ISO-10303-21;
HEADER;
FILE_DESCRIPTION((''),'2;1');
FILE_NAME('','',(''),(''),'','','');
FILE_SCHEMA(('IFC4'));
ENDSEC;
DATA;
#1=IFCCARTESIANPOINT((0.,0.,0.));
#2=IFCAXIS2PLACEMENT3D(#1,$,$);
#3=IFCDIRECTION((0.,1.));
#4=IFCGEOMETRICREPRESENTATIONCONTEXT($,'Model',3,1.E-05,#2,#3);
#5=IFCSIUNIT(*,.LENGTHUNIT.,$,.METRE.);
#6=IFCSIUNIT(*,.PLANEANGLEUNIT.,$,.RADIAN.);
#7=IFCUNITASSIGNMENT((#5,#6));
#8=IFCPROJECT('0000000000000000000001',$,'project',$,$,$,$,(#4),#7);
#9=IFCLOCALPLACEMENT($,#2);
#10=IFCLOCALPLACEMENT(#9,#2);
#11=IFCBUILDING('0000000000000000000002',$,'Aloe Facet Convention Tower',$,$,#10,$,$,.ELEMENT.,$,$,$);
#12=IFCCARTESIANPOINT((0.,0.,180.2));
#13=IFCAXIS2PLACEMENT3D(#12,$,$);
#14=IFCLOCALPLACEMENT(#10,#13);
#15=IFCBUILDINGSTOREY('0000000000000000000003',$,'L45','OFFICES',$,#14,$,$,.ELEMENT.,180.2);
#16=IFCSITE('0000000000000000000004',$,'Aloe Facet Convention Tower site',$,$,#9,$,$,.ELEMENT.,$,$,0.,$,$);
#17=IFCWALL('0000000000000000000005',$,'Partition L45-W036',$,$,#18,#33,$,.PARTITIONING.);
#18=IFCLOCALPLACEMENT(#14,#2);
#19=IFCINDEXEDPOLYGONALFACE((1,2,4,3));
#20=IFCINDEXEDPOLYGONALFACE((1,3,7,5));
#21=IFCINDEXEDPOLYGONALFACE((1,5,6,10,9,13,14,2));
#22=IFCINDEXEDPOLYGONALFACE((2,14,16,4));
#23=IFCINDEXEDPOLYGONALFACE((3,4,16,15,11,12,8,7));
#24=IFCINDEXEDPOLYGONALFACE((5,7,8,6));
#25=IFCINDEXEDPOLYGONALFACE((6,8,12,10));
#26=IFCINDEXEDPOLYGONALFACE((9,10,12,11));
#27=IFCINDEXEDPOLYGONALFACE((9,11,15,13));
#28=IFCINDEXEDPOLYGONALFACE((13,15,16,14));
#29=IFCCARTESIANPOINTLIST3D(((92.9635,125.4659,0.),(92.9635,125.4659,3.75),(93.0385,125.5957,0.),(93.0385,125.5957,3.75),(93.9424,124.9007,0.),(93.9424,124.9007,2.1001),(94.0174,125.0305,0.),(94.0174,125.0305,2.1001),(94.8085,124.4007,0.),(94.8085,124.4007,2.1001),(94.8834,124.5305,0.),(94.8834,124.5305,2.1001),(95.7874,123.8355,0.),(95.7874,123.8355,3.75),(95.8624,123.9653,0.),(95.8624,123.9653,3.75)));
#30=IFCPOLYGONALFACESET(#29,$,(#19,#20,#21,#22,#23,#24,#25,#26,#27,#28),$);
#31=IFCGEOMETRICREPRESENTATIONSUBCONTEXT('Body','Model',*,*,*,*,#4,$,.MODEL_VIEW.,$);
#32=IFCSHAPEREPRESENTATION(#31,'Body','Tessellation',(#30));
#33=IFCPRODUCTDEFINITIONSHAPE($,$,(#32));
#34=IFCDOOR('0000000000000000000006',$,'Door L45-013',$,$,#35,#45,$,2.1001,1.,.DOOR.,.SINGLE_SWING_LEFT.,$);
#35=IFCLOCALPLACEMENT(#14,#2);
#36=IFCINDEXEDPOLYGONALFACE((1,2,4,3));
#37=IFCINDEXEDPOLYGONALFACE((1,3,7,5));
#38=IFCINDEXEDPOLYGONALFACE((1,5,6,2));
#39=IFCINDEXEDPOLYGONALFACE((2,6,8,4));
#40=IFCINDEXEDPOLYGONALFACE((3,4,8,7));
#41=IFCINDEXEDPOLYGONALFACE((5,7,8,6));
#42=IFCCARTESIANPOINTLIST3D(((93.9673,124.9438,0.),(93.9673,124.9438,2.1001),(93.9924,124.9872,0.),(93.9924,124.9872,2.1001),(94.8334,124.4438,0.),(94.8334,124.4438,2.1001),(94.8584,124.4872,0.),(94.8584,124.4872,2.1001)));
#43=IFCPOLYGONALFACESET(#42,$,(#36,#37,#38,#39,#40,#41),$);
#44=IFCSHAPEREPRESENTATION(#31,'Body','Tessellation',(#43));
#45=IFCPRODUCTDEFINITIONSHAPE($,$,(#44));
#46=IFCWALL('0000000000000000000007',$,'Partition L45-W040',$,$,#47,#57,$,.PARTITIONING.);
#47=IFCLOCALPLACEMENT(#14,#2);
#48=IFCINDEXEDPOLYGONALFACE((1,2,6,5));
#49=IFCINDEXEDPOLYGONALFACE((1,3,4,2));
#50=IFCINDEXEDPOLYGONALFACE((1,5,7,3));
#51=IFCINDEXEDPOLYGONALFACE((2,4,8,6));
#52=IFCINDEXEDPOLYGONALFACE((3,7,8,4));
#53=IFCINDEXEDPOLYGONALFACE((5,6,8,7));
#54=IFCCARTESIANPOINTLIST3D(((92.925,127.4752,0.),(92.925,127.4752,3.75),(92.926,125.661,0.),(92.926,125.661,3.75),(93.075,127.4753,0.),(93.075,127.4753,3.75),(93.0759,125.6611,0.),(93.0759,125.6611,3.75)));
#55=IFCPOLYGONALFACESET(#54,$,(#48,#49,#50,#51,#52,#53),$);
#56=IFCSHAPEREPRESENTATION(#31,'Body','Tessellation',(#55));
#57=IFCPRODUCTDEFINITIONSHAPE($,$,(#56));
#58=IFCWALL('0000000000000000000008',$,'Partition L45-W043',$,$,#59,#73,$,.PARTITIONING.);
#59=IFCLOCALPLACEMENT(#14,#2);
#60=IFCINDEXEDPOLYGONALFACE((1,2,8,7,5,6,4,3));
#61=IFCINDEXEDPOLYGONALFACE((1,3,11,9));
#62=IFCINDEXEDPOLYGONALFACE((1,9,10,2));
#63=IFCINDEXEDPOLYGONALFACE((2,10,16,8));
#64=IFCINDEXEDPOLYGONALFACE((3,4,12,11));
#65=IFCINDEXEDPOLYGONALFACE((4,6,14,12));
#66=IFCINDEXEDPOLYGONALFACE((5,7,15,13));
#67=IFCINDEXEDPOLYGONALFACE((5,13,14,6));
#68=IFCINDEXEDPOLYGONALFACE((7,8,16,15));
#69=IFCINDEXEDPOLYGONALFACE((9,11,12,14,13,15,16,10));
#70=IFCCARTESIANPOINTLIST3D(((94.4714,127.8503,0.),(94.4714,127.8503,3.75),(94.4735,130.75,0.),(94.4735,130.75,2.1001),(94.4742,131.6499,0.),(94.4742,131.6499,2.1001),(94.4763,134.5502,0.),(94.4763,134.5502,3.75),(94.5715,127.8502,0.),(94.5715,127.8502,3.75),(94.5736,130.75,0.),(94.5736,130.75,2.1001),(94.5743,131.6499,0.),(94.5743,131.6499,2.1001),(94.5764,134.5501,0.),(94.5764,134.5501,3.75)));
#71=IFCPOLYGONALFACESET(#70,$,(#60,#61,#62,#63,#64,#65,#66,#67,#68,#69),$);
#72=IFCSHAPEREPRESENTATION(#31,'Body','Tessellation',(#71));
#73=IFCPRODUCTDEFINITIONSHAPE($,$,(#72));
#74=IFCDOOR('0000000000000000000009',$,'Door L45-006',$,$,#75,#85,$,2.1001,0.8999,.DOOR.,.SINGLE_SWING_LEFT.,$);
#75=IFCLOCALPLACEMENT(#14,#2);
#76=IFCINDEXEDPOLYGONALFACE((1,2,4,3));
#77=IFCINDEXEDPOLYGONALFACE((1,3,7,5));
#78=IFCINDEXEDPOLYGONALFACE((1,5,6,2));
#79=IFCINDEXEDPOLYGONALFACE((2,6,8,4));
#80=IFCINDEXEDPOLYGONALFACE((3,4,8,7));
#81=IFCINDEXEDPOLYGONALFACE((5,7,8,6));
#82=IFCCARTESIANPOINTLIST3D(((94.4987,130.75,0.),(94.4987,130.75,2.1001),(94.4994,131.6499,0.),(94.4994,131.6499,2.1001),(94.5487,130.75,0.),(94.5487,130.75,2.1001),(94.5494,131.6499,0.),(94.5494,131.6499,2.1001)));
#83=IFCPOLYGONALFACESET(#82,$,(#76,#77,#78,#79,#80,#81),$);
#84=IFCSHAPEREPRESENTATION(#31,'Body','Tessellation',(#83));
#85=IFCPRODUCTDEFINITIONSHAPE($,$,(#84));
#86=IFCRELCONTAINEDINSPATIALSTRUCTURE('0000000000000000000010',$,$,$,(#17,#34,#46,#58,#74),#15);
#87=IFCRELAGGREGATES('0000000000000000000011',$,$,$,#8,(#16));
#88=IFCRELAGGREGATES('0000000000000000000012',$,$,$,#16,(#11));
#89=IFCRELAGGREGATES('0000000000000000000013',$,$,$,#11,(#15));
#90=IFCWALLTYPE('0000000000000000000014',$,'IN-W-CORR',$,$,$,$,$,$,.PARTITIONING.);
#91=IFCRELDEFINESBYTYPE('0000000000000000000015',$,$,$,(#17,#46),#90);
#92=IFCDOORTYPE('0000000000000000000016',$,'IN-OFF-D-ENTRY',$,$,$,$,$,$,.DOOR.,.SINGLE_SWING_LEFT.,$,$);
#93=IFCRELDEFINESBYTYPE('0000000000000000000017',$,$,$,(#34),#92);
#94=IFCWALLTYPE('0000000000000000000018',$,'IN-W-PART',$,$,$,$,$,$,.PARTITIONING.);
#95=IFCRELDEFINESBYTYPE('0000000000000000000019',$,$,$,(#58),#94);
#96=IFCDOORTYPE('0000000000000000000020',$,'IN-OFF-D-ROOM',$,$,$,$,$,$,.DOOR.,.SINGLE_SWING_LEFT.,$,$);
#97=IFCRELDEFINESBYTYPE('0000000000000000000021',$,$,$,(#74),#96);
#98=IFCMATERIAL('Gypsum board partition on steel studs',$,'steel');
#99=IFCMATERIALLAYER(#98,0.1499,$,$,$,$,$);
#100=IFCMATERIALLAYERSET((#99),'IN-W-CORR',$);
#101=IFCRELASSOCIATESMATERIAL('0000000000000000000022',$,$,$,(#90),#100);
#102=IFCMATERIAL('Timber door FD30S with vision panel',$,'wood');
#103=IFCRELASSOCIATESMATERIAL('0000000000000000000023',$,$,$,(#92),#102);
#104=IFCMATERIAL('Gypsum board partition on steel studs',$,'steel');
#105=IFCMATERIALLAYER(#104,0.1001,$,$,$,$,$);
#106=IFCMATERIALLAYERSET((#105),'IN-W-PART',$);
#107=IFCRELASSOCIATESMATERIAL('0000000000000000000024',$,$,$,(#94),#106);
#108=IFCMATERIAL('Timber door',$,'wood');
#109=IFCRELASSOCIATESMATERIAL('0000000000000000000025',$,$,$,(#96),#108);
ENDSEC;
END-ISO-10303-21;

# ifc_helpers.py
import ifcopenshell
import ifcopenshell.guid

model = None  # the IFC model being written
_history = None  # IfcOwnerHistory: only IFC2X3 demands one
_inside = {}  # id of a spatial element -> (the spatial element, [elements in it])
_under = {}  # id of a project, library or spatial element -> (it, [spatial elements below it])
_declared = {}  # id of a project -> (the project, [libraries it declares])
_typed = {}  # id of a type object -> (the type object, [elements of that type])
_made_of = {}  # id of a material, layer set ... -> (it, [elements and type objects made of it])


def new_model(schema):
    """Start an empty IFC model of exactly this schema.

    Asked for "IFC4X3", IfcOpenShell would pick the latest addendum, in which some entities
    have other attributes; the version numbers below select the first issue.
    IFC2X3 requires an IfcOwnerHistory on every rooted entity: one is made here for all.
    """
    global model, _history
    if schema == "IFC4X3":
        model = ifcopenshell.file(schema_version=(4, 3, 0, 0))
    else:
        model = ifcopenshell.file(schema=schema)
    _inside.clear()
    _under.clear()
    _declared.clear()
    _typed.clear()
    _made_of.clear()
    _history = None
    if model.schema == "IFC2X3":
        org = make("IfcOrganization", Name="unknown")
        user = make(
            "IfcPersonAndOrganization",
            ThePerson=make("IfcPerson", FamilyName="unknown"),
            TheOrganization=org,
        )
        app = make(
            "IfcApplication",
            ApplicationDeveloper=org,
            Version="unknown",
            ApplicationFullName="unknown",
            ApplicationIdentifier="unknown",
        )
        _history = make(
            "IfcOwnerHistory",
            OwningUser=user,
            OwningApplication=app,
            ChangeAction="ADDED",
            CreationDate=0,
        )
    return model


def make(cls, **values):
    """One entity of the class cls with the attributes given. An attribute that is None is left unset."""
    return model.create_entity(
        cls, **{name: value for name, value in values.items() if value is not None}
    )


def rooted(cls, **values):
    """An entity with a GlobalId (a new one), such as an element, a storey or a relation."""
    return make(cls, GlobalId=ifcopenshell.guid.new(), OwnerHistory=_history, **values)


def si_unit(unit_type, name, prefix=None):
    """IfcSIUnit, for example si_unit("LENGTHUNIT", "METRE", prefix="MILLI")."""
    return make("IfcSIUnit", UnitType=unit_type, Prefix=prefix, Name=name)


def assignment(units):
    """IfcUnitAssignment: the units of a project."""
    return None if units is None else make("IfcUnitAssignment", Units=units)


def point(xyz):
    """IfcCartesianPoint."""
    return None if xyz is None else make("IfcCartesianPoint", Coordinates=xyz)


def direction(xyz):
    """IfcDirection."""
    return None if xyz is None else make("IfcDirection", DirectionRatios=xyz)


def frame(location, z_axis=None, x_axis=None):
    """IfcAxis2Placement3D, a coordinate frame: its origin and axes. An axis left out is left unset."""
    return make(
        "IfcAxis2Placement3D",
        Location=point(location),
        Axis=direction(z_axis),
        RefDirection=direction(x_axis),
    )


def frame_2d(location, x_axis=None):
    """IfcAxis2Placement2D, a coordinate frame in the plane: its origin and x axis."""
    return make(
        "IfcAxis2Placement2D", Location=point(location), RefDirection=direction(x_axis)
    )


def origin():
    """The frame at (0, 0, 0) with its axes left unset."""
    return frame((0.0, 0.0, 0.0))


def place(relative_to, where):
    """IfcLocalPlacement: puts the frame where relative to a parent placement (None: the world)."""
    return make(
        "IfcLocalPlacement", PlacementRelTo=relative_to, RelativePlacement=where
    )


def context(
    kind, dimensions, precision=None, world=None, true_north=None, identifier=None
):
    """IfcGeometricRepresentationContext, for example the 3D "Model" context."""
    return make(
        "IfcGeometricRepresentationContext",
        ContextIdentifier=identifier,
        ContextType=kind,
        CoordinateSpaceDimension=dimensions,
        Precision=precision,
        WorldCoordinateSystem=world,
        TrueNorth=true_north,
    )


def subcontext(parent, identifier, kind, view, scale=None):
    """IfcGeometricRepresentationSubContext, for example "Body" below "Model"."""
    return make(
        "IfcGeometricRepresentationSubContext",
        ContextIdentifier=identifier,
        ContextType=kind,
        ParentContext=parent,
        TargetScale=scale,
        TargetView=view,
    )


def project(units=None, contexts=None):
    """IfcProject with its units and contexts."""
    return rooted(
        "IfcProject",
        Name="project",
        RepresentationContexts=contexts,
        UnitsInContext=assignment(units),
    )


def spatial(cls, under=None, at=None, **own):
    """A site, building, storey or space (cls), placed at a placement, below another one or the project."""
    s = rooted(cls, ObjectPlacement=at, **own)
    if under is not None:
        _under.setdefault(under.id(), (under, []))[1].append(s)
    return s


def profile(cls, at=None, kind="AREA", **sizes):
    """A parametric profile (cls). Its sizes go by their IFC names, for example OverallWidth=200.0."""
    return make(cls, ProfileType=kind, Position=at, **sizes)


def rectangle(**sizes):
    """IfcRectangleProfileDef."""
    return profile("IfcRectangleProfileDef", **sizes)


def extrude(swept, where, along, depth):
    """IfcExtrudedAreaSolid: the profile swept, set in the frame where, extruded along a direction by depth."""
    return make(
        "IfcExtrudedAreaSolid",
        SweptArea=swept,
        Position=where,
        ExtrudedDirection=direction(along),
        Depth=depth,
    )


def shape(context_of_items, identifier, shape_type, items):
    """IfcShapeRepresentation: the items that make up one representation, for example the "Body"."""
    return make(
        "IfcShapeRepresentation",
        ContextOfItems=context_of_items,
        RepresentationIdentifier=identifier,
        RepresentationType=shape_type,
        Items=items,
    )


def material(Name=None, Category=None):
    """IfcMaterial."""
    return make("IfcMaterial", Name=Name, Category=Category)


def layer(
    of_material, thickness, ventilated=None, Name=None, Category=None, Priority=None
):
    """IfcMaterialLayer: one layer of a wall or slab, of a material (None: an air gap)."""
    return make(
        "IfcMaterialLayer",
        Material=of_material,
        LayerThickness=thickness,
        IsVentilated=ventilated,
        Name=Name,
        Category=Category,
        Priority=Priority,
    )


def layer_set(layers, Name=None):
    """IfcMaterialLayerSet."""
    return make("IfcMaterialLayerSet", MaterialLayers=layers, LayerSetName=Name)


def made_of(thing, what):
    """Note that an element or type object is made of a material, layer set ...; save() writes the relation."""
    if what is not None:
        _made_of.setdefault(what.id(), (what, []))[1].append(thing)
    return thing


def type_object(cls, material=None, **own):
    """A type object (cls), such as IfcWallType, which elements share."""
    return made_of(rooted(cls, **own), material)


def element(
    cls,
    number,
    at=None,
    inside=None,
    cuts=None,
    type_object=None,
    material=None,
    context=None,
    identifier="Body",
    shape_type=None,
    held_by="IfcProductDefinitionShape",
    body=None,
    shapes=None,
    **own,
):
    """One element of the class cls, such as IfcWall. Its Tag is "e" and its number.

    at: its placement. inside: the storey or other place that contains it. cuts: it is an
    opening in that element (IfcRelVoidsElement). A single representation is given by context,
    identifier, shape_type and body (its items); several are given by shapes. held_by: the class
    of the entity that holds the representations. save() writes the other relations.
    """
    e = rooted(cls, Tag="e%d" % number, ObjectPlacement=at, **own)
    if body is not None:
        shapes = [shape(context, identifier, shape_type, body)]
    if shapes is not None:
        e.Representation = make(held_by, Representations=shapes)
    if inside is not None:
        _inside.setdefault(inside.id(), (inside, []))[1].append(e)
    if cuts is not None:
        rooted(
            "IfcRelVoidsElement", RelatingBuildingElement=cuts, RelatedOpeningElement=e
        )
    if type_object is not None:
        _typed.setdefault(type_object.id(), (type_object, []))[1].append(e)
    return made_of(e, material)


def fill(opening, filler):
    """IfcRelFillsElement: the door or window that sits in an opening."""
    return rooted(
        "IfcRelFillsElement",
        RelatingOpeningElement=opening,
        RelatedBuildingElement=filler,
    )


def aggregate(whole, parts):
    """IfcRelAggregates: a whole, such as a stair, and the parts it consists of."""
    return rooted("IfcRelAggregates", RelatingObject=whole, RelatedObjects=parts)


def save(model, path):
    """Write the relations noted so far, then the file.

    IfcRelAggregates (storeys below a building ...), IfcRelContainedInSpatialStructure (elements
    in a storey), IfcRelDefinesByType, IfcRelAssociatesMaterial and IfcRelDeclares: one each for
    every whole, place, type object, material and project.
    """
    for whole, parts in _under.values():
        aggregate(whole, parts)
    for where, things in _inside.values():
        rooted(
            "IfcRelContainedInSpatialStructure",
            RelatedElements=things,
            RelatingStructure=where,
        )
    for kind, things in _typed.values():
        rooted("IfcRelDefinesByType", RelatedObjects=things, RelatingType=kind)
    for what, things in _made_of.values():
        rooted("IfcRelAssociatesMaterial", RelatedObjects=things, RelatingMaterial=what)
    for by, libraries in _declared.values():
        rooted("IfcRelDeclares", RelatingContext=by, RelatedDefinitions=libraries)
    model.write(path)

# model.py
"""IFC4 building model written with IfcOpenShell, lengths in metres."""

from ifc_helpers import new_model, si_unit, direction, frame, frame_2d, origin, place, context, subcontext, project, spatial, rectangle, extrude, material, layer, layer_set, type_object, element, fill, save


model = new_model("IFC4")

# Units and contexts
model_context = context("Model", 3, precision=1e-05, world=origin(), true_north=direction((0.0, 1.0)))
body_context = subcontext(model_context, "Body", "Model", "MODEL_VIEW")
ifc_project = project(units=[si_unit("LENGTHUNIT", "METRE"), si_unit("PLANEANGLEUNIT", "RADIAN")], contexts=[model_context])

# Site, building, storey
site_placement = place(None, origin())
site = spatial("IfcSite", under=ifc_project, at=site_placement, Name="Aloe Facet Convention Tower site", CompositionType="ELEMENT", RefElevation=0.0)
building_placement = place(site_placement, origin())
building = spatial("IfcBuilding", under=site, at=building_placement, Name="Aloe Facet Convention Tower", CompositionType="ELEMENT")
storey_placement = place(building_placement, frame((0.0, 0.0, 180.2)))
storey = spatial("IfcBuildingStorey", under=building, at=storey_placement, Name="L45", Description="OFFICES", CompositionType="ELEMENT", Elevation=180.2)

# Wall, opening, door
ifc_material_1 = material(Name="Gypsum board partition on steel studs", Category="steel")
ifc_layer_1 = layer(ifc_material_1, 0.1499)
ifc_layer_set_1 = layer_set([ifc_layer_1], Name="IN-W-CORR")
wall_type_1 = type_object("IfcWallType", Name="IN-W-CORR", PredefinedType="PARTITIONING", material=ifc_layer_set_1)
wall_1_placement = place(storey_placement, frame((93.001, 125.5308, 0.0), z_axis=(0.0, 0.0, 1.0), x_axis=(0.866032, -0.499988, 0.0)))
wall_1 = element("IfcWall", 1, at=wall_1_placement, inside=storey, type_object=wall_type_1, Name="Partition L45-W036", PredefinedType="PARTITIONING", context=body_context, shape_type="SweptSolid", body=[
    extrude(rectangle(XDim=3.2607, YDim=0.1499, at=frame_2d((1.6304, 0.0))), origin(), (0.0, 0.0, 1.0), 3.75),
])
opening_1_placement = place(wall_1_placement, frame((1.1304, 0.0, 0.0)))
opening_1 = element("IfcOpeningElement", 2, at=opening_1_placement, cuts=wall_1, PredefinedType="OPENING", context=body_context, shape_type="SweptSolid", body=[
    extrude(rectangle(XDim=1.0, YDim=2.1001, at=frame_2d((0.5, 1.05))), frame((0.0, 0.085, 0.0), z_axis=(0.0, -1.0, 0.0), x_axis=(1.0, 0.0, 0.0)), (0.0, 0.0, 1.0), 0.1699),
])
ifc_material_2 = material(Name="Timber door FD30S with vision panel", Category="wood")
door_type_1 = type_object("IfcDoorType", Name="IN-OFF-D-ENTRY", OperationType="SINGLE_SWING_LEFT", PredefinedType="DOOR", material=ifc_material_2)
door_1_placement = place(opening_1_placement, origin())
door_1 = element("IfcDoor", 3, at=door_1_placement, inside=storey, type_object=door_type_1, Name="Door L45-013", OperationType="SINGLE_SWING_LEFT", OverallHeight=2.1001, OverallWidth=1.0, PredefinedType="DOOR", context=body_context, shape_type="SweptSolid", body=[
    extrude(rectangle(XDim=1.0, YDim=2.1001, at=frame_2d((0.5, 1.05))), frame((0.0, 0.0249, 0.0), z_axis=(0.0, -1.0, 0.0), x_axis=(1.0, 0.0, 0.0)), (0.0, 0.0, 1.0), 0.05),
])
fill(opening_1, door_1)

# Wall
wall_2_placement = place(storey_placement, frame((93.001, 125.6609, 0.0), z_axis=(0.0, 0.0, 1.0), x_axis=(-0.000538, 1.0, 0.0)))
element("IfcWall", 4, at=wall_2_placement, inside=storey, type_object=wall_type_1, Name="Partition L45-W040", PredefinedType="PARTITIONING", context=body_context, shape_type="SweptSolid", body=[
    extrude(rectangle(XDim=1.8142, YDim=0.1499, at=frame_2d((0.9072, 0.0))), origin(), (0.0, 0.0, 1.0), 3.75),
])

# Wall, opening, door
ifc_material_3 = material(Name="Gypsum board partition on steel studs", Category="steel")
ifc_layer_2 = layer(ifc_material_3, 0.1001)
ifc_layer_set_2 = layer_set([ifc_layer_2], Name="IN-W-PART")
wall_type_2 = type_object("IfcWallType", Name="IN-W-PART", PredefinedType="PARTITIONING", material=ifc_layer_set_2)
wall_3_placement = place(storey_placement, frame((94.5215, 127.8501, 0.0), z_axis=(0.0, 0.0, 1.0), x_axis=(0.000729, 1.0, 0.0)))
wall_3 = element("IfcWall", 5, at=wall_3_placement, inside=storey, type_object=wall_type_2, Name="Partition L45-W043", PredefinedType="PARTITIONING", context=body_context, shape_type="SweptSolid", body=[
    extrude(rectangle(XDim=6.7, YDim=0.1001, at=frame_2d((3.3501, 0.0))), origin(), (0.0, 0.0, 1.0), 3.75),
])
opening_2_placement = place(wall_3_placement, frame((2.8999, 0.0, 0.0)))
opening_2 = element("IfcOpeningElement", 6, at=opening_2_placement, cuts=wall_3, PredefinedType="OPENING", context=body_context, shape_type="SweptSolid", body=[
    extrude(rectangle(XDim=0.8999, YDim=2.1001, at=frame_2d((0.45, 1.05))), frame((0.0, 0.0601, 0.0), z_axis=(0.0, -1.0, 0.0), x_axis=(1.0, 0.0, 0.0)), (0.0, 0.0, 1.0), 0.1201),
])
ifc_material_4 = material(Name="Timber door", Category="wood")
door_type_2 = type_object("IfcDoorType", Name="IN-OFF-D-ROOM", OperationType="SINGLE_SWING_LEFT", PredefinedType="DOOR", material=ifc_material_4)
door_2_placement = place(opening_2_placement, origin())
door_2 = element("IfcDoor", 7, at=door_2_placement, inside=storey, type_object=door_type_2, Name="Door L45-006", OperationType="SINGLE_SWING_LEFT", OverallHeight=2.1001, OverallWidth=0.8999, PredefinedType="DOOR", context=body_context, shape_type="SweptSolid", body=[
    extrude(rectangle(XDim=0.8999, YDim=2.1001, at=frame_2d((0.45, 1.05))), frame((0.0, 0.0249, 0.0), z_axis=(0.0, -1.0, 0.0), x_axis=(1.0, 0.0, 0.0)), (0.0, 0.0, 1.0), 0.05),
])
fill(opening_2, door_2)

save(model, "model.ifc")
